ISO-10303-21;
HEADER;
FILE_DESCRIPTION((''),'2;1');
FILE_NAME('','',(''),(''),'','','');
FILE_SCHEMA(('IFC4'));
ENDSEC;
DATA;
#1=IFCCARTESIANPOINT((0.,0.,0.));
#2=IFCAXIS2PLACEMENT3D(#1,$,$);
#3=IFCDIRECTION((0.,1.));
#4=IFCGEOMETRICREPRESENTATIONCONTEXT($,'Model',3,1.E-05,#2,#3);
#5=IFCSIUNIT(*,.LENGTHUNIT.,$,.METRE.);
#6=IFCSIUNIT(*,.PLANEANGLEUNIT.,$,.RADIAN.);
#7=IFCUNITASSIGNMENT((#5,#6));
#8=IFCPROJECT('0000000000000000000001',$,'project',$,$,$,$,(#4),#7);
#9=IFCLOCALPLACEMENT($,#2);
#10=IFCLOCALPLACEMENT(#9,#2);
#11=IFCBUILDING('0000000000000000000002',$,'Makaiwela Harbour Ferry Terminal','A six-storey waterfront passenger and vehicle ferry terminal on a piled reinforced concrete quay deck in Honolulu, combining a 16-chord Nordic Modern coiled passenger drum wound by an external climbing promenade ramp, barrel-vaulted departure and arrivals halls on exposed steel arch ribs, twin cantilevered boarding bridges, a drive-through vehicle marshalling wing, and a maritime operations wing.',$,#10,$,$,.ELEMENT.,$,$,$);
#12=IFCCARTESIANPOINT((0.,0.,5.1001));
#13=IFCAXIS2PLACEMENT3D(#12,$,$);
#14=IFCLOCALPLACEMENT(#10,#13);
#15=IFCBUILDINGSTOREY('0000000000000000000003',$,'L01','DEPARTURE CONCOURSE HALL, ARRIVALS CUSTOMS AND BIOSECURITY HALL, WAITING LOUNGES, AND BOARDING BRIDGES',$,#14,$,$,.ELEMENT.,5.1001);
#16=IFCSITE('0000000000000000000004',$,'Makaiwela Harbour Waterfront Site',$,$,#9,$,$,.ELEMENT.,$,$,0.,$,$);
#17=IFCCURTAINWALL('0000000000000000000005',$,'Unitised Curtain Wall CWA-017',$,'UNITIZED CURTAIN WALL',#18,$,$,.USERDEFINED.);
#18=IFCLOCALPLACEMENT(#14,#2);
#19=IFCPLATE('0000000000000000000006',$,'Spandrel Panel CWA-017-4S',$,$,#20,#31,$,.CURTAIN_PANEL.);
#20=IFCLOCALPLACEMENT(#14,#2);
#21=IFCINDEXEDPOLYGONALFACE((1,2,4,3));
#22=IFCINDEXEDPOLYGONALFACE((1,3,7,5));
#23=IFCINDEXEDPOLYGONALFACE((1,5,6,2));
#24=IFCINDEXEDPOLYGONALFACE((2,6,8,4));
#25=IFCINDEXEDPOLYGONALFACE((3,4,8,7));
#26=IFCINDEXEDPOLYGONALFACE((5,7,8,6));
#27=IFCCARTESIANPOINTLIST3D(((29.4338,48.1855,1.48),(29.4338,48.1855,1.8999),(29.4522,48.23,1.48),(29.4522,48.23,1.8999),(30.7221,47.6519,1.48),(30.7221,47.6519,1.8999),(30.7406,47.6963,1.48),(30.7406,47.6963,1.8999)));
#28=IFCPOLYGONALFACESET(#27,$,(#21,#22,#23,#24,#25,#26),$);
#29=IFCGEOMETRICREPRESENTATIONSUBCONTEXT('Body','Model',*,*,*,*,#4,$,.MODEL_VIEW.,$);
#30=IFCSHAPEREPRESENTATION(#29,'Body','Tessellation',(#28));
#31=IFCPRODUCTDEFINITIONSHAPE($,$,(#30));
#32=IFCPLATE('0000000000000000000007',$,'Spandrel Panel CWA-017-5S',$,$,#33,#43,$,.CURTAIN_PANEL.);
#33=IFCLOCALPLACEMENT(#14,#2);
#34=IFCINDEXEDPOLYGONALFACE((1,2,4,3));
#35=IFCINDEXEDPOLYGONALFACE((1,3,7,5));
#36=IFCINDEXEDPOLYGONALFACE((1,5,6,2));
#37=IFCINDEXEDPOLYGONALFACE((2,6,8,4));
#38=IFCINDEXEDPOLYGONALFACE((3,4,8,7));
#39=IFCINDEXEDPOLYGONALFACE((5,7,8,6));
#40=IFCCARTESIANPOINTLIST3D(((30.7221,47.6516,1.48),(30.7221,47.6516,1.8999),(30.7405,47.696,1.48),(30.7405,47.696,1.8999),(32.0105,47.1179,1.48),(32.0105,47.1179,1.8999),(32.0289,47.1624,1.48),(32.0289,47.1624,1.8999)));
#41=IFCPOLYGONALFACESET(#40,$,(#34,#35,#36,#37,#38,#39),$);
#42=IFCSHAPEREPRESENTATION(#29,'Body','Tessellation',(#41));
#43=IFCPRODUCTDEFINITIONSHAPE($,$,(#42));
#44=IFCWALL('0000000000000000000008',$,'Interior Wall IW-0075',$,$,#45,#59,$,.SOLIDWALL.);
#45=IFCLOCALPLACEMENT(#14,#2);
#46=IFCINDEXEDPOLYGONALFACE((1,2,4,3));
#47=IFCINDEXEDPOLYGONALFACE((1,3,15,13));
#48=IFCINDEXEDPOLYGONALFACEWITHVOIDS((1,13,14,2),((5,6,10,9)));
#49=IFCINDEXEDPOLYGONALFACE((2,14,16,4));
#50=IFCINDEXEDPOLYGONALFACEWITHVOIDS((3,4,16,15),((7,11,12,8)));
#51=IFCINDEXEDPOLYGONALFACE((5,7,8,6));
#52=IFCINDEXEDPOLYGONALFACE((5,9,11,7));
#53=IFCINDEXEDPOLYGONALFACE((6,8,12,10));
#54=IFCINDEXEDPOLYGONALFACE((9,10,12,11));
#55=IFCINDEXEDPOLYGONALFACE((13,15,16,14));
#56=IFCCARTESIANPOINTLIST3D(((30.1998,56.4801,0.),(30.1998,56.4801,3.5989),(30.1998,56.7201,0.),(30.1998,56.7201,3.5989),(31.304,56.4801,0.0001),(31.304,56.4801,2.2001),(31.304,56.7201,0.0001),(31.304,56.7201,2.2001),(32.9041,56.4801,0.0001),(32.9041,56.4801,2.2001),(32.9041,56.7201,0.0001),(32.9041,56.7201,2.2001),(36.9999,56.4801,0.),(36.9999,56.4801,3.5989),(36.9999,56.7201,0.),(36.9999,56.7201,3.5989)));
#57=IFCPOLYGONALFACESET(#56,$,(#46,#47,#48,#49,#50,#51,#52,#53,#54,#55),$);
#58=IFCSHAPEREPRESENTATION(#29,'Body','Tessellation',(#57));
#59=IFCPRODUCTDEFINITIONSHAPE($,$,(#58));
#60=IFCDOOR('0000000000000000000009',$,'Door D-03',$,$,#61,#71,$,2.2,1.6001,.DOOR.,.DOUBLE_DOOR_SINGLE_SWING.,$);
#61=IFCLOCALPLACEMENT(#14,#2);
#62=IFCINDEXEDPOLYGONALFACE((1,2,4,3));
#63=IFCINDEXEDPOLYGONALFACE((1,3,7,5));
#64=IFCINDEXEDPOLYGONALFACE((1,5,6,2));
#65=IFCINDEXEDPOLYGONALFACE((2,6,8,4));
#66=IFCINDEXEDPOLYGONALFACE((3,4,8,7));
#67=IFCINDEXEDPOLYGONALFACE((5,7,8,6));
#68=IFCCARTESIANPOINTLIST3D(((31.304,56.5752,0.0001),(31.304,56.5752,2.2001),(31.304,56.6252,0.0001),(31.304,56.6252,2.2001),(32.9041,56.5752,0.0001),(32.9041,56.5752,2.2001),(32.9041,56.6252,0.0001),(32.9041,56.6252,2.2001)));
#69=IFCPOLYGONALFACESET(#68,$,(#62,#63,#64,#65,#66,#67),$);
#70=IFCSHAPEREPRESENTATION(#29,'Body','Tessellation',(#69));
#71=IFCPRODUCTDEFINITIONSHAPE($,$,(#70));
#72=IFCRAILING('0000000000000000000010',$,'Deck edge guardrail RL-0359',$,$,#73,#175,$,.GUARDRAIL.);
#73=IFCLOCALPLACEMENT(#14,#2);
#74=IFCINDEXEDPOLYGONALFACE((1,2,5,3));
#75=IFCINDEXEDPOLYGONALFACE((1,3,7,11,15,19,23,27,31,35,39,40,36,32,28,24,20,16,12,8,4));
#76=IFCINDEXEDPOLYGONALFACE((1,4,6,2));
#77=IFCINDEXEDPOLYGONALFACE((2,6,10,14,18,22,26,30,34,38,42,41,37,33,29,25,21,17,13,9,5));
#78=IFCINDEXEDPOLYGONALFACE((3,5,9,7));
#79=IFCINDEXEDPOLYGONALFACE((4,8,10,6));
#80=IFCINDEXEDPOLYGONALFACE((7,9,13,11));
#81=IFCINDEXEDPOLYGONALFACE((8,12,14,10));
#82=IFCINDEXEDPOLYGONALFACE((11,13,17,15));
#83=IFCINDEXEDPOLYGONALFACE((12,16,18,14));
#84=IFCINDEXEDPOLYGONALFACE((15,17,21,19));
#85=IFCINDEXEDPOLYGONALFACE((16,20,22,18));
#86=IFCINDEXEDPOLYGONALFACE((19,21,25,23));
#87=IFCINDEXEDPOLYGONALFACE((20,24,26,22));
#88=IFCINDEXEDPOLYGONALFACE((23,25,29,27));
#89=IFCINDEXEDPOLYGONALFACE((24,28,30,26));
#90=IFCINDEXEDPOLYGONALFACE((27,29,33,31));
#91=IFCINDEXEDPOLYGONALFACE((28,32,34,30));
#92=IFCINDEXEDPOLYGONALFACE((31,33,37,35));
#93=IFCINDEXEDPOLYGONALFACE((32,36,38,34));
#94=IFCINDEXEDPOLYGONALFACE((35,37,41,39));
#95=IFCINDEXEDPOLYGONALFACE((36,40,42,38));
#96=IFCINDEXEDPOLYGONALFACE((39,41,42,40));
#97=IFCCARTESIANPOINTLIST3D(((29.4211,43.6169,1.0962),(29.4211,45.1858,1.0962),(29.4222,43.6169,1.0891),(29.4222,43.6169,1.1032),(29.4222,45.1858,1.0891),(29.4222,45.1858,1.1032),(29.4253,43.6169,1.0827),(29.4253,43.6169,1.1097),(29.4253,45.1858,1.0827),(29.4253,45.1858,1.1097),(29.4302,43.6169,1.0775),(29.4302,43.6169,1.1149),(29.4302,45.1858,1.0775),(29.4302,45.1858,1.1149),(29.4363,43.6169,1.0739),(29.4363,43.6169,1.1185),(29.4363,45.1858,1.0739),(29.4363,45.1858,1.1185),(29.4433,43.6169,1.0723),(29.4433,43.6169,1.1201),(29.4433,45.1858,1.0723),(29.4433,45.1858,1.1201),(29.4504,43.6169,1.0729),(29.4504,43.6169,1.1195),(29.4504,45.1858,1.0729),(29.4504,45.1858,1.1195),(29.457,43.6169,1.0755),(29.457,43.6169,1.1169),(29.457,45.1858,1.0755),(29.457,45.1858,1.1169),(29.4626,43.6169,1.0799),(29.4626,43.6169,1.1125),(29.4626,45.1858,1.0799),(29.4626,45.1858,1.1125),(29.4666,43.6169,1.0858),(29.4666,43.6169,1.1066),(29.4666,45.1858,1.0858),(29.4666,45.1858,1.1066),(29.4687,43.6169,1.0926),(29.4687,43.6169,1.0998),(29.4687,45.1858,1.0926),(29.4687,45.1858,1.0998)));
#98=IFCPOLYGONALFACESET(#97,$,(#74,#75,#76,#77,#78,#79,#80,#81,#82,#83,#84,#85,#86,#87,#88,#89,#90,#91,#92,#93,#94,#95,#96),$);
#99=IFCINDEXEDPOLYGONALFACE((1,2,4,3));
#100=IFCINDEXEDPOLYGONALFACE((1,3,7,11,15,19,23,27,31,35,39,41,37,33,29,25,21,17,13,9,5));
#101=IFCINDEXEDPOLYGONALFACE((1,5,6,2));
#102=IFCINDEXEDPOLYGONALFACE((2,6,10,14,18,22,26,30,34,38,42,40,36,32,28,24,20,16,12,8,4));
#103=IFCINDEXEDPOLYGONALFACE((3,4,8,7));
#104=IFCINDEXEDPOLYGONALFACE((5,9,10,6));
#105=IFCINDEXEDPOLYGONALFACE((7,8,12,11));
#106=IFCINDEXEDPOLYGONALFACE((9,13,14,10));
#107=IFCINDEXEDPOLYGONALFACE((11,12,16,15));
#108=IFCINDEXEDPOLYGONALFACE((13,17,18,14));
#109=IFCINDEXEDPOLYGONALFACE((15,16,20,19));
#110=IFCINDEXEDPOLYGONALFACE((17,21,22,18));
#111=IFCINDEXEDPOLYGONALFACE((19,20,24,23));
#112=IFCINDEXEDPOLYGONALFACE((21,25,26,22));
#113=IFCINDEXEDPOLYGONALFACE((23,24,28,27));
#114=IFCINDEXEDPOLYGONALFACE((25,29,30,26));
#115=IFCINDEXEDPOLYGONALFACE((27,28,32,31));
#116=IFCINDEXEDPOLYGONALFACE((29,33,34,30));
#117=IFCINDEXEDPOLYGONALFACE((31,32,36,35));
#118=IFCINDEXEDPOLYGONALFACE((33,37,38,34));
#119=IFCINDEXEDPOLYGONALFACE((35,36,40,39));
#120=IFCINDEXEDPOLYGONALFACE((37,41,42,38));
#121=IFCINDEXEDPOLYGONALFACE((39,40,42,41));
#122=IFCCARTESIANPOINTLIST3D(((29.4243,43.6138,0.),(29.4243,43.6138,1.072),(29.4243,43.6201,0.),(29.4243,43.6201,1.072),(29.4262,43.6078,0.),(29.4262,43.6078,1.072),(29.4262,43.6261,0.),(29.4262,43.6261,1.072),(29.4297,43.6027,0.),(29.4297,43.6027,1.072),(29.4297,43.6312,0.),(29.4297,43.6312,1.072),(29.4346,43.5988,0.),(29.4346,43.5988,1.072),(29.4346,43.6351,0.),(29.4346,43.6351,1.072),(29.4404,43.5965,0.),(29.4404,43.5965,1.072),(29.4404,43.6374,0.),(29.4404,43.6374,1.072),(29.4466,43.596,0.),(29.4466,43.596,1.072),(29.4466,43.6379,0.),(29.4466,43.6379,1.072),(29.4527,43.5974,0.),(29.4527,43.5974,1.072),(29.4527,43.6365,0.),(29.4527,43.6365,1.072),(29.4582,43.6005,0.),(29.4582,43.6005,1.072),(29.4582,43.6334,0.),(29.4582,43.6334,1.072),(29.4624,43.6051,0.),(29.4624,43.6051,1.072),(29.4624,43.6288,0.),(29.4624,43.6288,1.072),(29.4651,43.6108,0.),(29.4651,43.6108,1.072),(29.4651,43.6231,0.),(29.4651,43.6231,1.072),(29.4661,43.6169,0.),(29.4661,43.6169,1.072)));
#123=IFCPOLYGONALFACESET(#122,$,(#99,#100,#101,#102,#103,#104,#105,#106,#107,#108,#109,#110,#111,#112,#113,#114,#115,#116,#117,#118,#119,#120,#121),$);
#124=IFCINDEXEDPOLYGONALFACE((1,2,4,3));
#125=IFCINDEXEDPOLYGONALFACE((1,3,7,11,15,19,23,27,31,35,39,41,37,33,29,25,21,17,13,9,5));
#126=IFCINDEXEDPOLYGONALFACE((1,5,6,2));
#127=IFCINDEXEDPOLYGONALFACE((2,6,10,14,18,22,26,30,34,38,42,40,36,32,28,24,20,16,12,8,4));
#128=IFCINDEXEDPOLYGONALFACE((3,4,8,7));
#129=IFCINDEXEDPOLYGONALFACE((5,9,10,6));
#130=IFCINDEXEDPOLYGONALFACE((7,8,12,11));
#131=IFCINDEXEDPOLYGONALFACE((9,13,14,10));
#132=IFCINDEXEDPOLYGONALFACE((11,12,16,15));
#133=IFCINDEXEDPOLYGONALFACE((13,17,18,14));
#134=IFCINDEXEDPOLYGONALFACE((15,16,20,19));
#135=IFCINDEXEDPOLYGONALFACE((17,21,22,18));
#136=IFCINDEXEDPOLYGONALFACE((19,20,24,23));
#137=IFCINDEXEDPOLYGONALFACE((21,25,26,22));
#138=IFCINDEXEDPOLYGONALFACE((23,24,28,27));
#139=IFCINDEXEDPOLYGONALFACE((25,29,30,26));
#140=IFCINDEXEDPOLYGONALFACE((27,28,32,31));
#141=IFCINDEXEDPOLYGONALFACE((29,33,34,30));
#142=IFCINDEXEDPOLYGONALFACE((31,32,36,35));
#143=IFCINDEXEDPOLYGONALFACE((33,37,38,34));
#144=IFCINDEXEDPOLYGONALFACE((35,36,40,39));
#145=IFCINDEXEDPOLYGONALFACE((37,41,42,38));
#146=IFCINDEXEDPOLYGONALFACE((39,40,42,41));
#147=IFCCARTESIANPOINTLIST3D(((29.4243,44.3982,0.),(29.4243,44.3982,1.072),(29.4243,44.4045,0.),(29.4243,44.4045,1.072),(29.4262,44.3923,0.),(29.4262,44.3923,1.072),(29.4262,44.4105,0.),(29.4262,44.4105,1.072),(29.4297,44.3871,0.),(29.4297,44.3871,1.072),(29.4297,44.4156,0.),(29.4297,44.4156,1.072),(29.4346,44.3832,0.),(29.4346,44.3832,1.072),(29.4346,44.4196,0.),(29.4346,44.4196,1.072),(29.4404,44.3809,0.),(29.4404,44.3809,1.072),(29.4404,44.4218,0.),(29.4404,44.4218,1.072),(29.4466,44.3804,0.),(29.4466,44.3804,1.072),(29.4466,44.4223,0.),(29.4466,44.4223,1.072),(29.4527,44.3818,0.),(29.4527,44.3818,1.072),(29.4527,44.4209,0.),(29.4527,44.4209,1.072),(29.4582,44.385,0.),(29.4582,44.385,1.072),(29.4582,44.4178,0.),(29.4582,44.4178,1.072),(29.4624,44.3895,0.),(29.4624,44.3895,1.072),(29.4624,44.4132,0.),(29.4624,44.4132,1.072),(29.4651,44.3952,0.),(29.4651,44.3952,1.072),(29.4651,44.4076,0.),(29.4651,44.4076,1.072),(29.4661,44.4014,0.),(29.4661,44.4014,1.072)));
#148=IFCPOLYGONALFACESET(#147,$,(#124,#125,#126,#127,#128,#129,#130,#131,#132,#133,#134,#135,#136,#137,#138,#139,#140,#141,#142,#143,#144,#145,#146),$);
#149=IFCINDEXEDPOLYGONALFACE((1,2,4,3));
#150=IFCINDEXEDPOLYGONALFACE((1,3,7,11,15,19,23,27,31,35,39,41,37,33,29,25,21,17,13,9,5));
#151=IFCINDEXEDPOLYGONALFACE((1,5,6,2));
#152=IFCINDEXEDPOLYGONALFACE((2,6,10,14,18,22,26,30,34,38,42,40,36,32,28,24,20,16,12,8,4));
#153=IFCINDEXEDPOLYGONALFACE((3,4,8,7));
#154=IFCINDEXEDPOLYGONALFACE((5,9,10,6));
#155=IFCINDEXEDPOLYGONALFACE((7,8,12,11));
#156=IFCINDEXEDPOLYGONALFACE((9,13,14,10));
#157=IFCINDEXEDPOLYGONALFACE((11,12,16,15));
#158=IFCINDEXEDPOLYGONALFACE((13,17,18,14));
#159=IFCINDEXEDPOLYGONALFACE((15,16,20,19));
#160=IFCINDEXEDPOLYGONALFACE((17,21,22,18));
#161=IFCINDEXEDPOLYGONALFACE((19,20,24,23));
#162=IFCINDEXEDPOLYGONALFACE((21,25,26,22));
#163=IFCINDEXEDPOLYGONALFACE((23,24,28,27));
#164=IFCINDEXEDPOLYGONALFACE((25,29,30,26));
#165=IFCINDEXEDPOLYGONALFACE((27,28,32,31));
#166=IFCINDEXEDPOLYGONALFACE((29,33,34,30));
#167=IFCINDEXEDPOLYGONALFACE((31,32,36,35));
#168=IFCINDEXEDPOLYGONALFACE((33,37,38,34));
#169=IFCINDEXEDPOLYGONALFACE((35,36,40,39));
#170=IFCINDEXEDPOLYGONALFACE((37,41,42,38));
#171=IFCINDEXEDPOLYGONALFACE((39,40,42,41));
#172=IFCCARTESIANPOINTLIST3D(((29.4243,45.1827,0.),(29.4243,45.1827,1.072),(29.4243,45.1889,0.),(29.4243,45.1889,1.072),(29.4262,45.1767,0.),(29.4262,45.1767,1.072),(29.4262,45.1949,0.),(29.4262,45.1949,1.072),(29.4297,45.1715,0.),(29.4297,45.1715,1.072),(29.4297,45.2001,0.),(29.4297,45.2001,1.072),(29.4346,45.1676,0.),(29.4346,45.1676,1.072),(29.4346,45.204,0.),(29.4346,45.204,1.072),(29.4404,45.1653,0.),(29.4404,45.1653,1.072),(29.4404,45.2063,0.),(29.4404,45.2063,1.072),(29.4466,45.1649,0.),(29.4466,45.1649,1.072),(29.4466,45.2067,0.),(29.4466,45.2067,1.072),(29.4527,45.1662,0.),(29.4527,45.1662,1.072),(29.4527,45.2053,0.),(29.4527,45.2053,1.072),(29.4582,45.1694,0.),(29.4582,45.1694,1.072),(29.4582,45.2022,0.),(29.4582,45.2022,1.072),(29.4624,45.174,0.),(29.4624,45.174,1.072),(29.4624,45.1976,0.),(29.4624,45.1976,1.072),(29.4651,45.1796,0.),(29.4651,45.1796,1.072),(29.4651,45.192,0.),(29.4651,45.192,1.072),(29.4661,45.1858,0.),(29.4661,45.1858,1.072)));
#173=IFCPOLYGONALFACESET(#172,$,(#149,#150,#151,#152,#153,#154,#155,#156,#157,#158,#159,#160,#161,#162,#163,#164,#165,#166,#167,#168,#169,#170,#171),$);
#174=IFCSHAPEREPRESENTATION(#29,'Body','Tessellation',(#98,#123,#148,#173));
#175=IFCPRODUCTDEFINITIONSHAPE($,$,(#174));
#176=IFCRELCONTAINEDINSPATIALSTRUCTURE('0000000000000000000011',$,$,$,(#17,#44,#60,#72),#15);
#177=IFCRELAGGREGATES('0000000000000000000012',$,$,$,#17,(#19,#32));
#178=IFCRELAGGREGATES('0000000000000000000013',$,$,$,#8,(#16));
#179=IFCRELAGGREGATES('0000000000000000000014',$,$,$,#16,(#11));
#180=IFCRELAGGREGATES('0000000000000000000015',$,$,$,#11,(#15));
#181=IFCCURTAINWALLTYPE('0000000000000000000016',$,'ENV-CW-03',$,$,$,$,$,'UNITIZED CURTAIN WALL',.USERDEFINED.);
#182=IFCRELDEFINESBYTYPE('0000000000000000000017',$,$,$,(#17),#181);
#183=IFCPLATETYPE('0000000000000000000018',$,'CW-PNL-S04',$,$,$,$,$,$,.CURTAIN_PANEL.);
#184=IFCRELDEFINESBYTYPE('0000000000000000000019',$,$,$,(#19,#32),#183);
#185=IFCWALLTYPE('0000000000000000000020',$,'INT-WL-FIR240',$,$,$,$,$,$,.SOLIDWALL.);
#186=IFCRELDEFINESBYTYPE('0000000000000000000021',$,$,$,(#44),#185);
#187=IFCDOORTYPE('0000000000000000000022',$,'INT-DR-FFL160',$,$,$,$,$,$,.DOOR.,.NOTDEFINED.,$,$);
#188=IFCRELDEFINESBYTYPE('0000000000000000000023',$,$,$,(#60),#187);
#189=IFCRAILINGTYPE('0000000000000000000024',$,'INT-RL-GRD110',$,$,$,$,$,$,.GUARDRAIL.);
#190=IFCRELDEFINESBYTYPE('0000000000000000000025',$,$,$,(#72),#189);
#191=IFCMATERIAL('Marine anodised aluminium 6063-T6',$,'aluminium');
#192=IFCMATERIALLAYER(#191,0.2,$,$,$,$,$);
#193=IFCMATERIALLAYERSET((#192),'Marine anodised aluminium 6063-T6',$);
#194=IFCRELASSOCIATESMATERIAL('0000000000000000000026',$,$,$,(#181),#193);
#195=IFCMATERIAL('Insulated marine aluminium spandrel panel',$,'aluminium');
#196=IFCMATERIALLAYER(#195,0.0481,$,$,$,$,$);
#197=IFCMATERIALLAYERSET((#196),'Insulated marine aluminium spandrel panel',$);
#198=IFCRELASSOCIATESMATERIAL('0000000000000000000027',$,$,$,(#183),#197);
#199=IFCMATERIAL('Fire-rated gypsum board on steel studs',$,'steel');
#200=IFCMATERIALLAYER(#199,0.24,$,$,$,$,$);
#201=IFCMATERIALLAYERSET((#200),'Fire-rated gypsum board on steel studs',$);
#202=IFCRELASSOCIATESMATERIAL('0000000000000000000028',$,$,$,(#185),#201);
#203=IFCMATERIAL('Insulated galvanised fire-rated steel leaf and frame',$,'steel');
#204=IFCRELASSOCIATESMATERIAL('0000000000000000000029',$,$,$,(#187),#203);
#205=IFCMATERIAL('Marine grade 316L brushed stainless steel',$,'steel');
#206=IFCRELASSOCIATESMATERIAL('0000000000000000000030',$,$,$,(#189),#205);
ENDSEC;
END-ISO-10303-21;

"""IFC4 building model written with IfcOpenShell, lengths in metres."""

from ifc_helpers import new_model, si_unit, direction, frame, frame_2d, origin, origin_2d, place, context, subcontext, project, spatial, rectangle, circle, extrude, material, layer, layer_set, type_object, element, fill, aggregate, save


model = new_model("IFC4")

# Units and contexts
model_context = context("Model", 3, precision=1e-05, world=origin(), true_north=direction((0.0, 1.0)))
body_context = subcontext(model_context, "Body", "Model", "MODEL_VIEW")
ifc_project = project(units=[si_unit("LENGTHUNIT", "METRE"), si_unit("PLANEANGLEUNIT", "RADIAN")], contexts=[model_context])

# Site, building, storey
site_placement = place(None, origin())
site = spatial("IfcSite", under=ifc_project, at=site_placement, Name="Makaiwela Harbour Waterfront Site", CompositionType="ELEMENT", RefElevation=0.0)
building_placement = place(site_placement, origin())
building = spatial("IfcBuilding", under=site, at=building_placement, Name="Makaiwela Harbour Ferry Terminal", Description="A six-storey waterfront passenger and vehicle ferry terminal on a piled reinforced concrete quay deck in Honolulu, combining a 16-chord Nordic Modern coiled passenger drum wound by an external climbing promenade ramp, barrel-vaulted departure and arrivals halls on exposed steel arch ribs, twin cantilevered boarding bridges, a drive-through vehicle marshalling wing, and a maritime operations wing.", CompositionType="ELEMENT")
storey_placement = place(building_placement, frame((0.0, 0.0, 5.1001)))
storey = spatial("IfcBuildingStorey", under=building, at=storey_placement, Name="L01", Description="DEPARTURE CONCOURSE HALL, ARRIVALS CUSTOMS AND BIOSECURITY HALL, WAITING LOUNGES, AND BOARDING BRIDGES", CompositionType="ELEMENT", Elevation=5.1001)

# Curtain wall
ifc_material_1 = material(Name="Marine anodised aluminium 6063-T6", Category="aluminium")
ifc_layer_1 = layer(ifc_material_1, 0.2)
ifc_layer_set_1 = layer_set([ifc_layer_1], Name="Marine anodised aluminium 6063-T6")
curtain_wall_type = type_object("IfcCurtainWallType", Name="ENV-CW-03", ElementType="UNITIZED CURTAIN WALL", PredefinedType="USERDEFINED", material=ifc_layer_set_1)
curtain_wall_placement = place(storey_placement, origin())
curtain_wall = element("IfcCurtainWall", 1, at=curtain_wall_placement, inside=storey, type_object=curtain_wall_type, Name="Unitised Curtain Wall CWA-017", ObjectType="UNITIZED CURTAIN WALL", PredefinedType="USERDEFINED")

# Plates
ifc_material_2 = material(Name="Insulated marine aluminium spandrel panel", Category="aluminium")
ifc_layer_2 = layer(ifc_material_2, 0.0481)
ifc_layer_set_2 = layer_set([ifc_layer_2], Name="Insulated marine aluminium spandrel panel")
plate_type_1 = type_object("IfcPlateType", Name="CW-PNL-S04", PredefinedType="CURTAIN_PANEL", material=ifc_layer_set_2)
plate_1_placement = place(storey_placement, frame((30.0872, 47.9409, 1.48), z_axis=(0.0, 0.0, 1.0), x_axis=(0.92388, -0.382683, 0.0)))
plate_1 = element("IfcPlate", 2, at=plate_1_placement, type_object=plate_type_1, Name="Spandrel Panel CWA-017-4S", PredefinedType="CURTAIN_PANEL", context=body_context, shape_type="SweptSolid", body=[
    extrude(rectangle(XDim=1.3945, YDim=0.0481, at=origin_2d()), origin(), (0.0, 0.0, 1.0), 0.4199),
])
plate_2_placement = place(storey_placement, frame((31.3755, 47.407, 1.48), z_axis=(0.0, 0.0, 1.0), x_axis=(0.92388, -0.382683, 0.0)))
plate_2 = element("IfcPlate", 3, at=plate_2_placement, type_object=plate_type_1, Name="Spandrel Panel CWA-017-5S", PredefinedType="CURTAIN_PANEL", context=body_context, shape_type="SweptSolid", body=[
    extrude(rectangle(XDim=1.3945, YDim=0.0481, at=origin_2d()), origin(), (0.0, 0.0, 1.0), 0.4199),
])
aggregate(curtain_wall, [plate_1, plate_2])

# Wall, opening, door
ifc_material_3 = material(Name="Fire-rated gypsum board on steel studs", Category="steel")
ifc_layer_3 = layer(ifc_material_3, 0.24)
ifc_layer_set_3 = layer_set([ifc_layer_3], Name="Fire-rated gypsum board on steel studs")
wall_type = type_object("IfcWallType", Name="INT-WL-FIR240", PredefinedType="SOLIDWALL", material=ifc_layer_set_3)
wall_placement = place(storey_placement, frame((30.2, 56.6001, 0.0), z_axis=(0.0, 0.0, 1.0), x_axis=(1.0, 0.0, 0.0)))
wall = element("IfcWall", 4, at=wall_placement, inside=storey, type_object=wall_type, Name="Interior Wall IW-0075", PredefinedType="SOLIDWALL", context=body_context, shape_type="SweptSolid", body=[
    extrude(rectangle(XDim=6.8, YDim=0.24, at=frame_2d((3.3999, 0.0))), origin(), (0.0, 0.0, 1.0), 3.5989),
])
opening_placement = place(wall_placement, frame((1.104, 0.0, 0.0)))
opening = element("IfcOpeningElement", 5, at=opening_placement, cuts=wall, PredefinedType="OPENING", context=body_context, shape_type="SweptSolid", body=[
    extrude(rectangle(XDim=1.6001, YDim=2.2, at=frame_2d((0.8, 1.1001))), frame((0.0, 0.1299, 0.0), z_axis=(0.0, -1.0, 0.0), x_axis=(1.0, 0.0, 0.0)), (0.0, 0.0, 1.0), 0.26),
])
ifc_material_4 = material(Name="Insulated galvanised fire-rated steel leaf and frame", Category="steel")
door_type = type_object("IfcDoorType", Name="INT-DR-FFL160", OperationType="NOTDEFINED", PredefinedType="DOOR", material=ifc_material_4)
door_placement = place(opening_placement, frame((1.6001, 0.0, 0.0), z_axis=(0.0, 0.0, 1.0), x_axis=(-1.0, 0.0, 0.0)))
door = element("IfcDoor", 6, at=door_placement, inside=storey, type_object=door_type, Name="Door D-03", OperationType="DOUBLE_DOOR_SINGLE_SWING", OverallHeight=2.2, OverallWidth=1.6001, PredefinedType="DOOR", context=body_context, shape_type="SweptSolid", body=[
    extrude(rectangle(XDim=1.6001, YDim=2.2, at=frame_2d((0.8, 1.1001))), frame((0.0, 0.0249, 0.0), z_axis=(0.0, -1.0, 0.0), x_axis=(1.0, 0.0, 0.0)), (0.0, 0.0, 1.0), 0.05),
])
fill(opening, door)

# Railing
ifc_material_5 = material(Name="Marine grade 316L brushed stainless steel", Category="steel")
railing_type = type_object("IfcRailingType", Name="INT-RL-GRD110", PredefinedType="GUARDRAIL", material=ifc_material_5)
railing_1_placement = place(storey_placement, frame((29.4451, 43.6169, 0.0)))
element("IfcRailing", 7, at=railing_1_placement, inside=storey, type_object=railing_type, Name="Deck edge guardrail RL-0359", PredefinedType="GUARDRAIL", context=body_context, shape_type="SweptSolid", body=[
    extrude(circle(Radius=0.0239, at=origin_2d()), frame((0.0, 0.0, 1.0962), z_axis=(0.0, 1.0, 0.0), x_axis=(-1.0, 0.0, 0.0)), (0.0, 0.0, 1.0), 1.5688),
    extrude(circle(Radius=0.021, at=origin_2d()), origin(), (0.0, 0.0, 1.0), 1.072),
    extrude(circle(Radius=0.021, at=origin_2d()), frame((0.0, 0.7844, 0.0)), (0.0, 0.0, 1.0), 1.072),
    extrude(circle(Radius=0.021, at=origin_2d()), frame((0.0, 1.5688, 0.0)), (0.0, 0.0, 1.0), 1.072),
])

save(model, "model.ifc")
